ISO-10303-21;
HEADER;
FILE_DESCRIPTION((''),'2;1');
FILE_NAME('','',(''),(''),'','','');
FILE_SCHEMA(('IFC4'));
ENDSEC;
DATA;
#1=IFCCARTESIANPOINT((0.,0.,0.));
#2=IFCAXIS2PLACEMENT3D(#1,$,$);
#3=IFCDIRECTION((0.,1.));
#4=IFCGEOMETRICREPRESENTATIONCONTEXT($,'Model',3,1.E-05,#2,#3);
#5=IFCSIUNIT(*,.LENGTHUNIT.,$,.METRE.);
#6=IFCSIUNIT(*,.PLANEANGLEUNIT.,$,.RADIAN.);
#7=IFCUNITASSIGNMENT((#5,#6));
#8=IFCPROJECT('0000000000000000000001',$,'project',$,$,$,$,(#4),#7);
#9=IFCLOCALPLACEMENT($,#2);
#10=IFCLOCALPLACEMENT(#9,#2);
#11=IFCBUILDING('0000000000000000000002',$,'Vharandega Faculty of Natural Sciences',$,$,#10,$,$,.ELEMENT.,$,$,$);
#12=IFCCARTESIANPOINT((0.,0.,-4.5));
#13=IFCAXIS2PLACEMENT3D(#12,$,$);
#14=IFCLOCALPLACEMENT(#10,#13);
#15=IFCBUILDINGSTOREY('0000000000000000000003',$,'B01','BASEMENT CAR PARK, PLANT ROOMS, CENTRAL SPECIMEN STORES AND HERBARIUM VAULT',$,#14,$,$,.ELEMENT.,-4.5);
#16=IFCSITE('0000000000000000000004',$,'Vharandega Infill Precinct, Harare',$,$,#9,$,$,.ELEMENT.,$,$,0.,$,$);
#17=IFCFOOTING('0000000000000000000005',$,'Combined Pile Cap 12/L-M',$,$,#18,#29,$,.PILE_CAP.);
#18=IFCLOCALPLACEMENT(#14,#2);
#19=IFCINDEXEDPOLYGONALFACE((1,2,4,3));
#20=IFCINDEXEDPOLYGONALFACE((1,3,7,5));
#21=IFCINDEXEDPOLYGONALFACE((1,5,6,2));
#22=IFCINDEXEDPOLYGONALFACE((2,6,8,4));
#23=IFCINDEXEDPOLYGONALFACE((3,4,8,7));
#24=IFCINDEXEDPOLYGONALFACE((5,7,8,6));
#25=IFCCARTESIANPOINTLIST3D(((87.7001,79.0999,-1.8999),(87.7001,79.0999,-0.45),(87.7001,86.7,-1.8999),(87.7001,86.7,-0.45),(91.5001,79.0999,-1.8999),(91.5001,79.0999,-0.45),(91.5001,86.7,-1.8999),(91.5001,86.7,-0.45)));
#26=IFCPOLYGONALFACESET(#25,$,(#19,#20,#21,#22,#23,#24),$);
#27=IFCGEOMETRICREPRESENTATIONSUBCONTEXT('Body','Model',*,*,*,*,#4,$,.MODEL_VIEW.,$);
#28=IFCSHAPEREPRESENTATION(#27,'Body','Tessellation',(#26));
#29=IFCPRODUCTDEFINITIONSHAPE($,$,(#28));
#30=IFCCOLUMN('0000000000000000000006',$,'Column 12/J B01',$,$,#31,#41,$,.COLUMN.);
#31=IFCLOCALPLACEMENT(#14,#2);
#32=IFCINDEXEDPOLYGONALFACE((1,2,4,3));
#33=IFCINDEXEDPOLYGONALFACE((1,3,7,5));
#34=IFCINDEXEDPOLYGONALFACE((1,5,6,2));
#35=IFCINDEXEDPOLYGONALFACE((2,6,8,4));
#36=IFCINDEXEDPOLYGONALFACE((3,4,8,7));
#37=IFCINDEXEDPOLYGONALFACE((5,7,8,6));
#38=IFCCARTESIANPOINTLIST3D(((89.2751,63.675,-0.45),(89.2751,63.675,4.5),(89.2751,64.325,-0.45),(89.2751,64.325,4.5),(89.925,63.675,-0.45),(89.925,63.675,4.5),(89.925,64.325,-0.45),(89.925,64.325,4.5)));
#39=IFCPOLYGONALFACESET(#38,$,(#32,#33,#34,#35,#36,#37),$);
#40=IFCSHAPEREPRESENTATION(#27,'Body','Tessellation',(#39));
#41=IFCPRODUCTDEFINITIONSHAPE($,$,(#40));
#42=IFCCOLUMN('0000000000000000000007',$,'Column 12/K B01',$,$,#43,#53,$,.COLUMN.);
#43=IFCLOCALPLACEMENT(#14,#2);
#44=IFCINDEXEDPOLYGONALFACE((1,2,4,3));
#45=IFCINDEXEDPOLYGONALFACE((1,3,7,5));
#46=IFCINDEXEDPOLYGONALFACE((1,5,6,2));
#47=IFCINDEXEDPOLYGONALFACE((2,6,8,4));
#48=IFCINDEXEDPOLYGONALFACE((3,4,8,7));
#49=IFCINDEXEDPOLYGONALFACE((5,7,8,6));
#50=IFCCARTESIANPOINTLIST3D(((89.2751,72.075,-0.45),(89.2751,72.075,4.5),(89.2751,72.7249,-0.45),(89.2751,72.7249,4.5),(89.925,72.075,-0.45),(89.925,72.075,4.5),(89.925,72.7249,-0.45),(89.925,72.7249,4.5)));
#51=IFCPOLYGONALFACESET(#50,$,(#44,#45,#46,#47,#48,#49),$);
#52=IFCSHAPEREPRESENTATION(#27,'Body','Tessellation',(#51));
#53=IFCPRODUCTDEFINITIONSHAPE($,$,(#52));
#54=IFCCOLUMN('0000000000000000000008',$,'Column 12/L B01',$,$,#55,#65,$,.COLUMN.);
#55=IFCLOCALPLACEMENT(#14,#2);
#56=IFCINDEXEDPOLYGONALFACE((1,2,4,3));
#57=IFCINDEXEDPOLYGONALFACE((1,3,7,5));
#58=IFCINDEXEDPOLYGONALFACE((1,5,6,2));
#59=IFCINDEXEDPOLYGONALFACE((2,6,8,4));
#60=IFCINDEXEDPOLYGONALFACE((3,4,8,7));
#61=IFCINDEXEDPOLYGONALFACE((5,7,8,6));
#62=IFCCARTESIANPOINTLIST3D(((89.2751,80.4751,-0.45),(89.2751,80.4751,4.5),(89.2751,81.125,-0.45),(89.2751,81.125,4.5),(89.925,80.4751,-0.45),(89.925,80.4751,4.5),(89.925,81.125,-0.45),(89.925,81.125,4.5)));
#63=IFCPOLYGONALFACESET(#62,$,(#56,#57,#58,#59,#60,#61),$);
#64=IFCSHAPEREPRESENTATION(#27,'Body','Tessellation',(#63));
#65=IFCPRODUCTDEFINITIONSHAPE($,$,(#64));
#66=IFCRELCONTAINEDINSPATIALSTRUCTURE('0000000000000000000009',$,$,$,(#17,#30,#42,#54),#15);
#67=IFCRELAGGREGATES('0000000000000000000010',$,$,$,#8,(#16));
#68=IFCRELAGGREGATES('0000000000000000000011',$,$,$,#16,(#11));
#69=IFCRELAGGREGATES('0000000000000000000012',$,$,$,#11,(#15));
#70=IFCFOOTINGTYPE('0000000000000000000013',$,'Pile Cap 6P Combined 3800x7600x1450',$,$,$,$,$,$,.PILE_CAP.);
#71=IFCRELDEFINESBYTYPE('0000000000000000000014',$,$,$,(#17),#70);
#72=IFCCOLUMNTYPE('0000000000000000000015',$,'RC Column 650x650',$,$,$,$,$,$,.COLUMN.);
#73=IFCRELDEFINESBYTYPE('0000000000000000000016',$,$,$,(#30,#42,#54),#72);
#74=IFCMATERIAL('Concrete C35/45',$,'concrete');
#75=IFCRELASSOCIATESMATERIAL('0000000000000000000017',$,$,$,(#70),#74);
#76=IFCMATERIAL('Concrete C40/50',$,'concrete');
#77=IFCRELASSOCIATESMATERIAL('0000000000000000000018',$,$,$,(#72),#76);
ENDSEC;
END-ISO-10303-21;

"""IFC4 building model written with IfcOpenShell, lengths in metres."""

from ifc_helpers import new_model, si_unit, direction, frame, origin, origin_2d, place, context, subcontext, project, spatial, rectangle, extrude, material, material_profile, profile_set, type_object, element, save


model = new_model("IFC4")

# Units and contexts
model_context = context("Model", 3, precision=1e-05, world=origin(), true_north=direction((0.0, 1.0)))
body_context = subcontext(model_context, "Body", "Model", "MODEL_VIEW")
ifc_project = project(units=[si_unit("LENGTHUNIT", "METRE"), si_unit("PLANEANGLEUNIT", "RADIAN")], contexts=[model_context])

# Site, building, storey
site_placement = place(None, origin())
site = spatial("IfcSite", under=ifc_project, at=site_placement, Name="Vharandega Infill Precinct, Harare", CompositionType="ELEMENT", RefElevation=0.0)
building_placement = place(site_placement, origin())
building = spatial("IfcBuilding", under=site, at=building_placement, Name="Vharandega Faculty of Natural Sciences", CompositionType="ELEMENT")
storey_placement = place(building_placement, frame((0.0, 0.0, -4.5)))
storey = spatial("IfcBuildingStorey", under=building, at=storey_placement, Name="B01", Description="BASEMENT CAR PARK, PLANT ROOMS, CENTRAL SPECIMEN STORES AND HERBARIUM VAULT", CompositionType="ELEMENT", Elevation=-4.5)

# Footing
ifc_material_1 = material(Name="Concrete C35/45", Category="concrete")
footing_type_1 = type_object("IfcFootingType", Name="Pile Cap 6P Combined 3800x7600x1450", PredefinedType="PILE_CAP", material=ifc_material_1)
footing_placement = place(storey_placement, frame((89.6001, 82.8999, -1.8999), z_axis=(0.0, 0.0, 1.0), x_axis=(1.0, 0.0, 0.0)))
element("IfcFooting", 1, at=footing_placement, inside=storey, type_object=footing_type_1, Name="Combined Pile Cap 12/L-M", PredefinedType="PILE_CAP", context=body_context, shape_type="SweptSolid", body=[
    extrude(rectangle(XDim=3.8, YDim=7.6001, at=origin_2d()), origin(), (0.0, 0.0, 1.0), 1.45),
])

# Columns
ifc_material_2 = material(Name="Concrete C40/50", Category="concrete")
ifc_material_profile_1 = material_profile(ifc_material_2, rectangle(XDim=0.6499, YDim=0.6499, at=origin_2d()), Name="RC 650x650")
ifc_profile_set_1 = profile_set([ifc_material_profile_1], Name="Concrete C40/50")
column_type = type_object("IfcColumnType", Name="RC Column 650x650", PredefinedType="COLUMN", material=ifc_profile_set_1)
for number, where, z_axis, x_axis, name in (
    (2, (89.6001, 64.0, -0.45), (0.0, 0.0, 1.0), (1.0, 0.0, 0.0), "Column 12/J B01"),
    (3, (89.6001, 72.3999, -0.45), (0.0, 0.0, 1.0), (1.0, 0.0, 0.0), "Column 12/K B01"),
    (4, (89.6001, 80.8, -0.45), (0.0, 0.0, 1.0), (1.0, 0.0, 0.0), "Column 12/L B01"),
):
    element("IfcColumn", number, at=place(storey_placement, frame(where, z_axis=z_axis, x_axis=x_axis)), inside=storey, type_object=column_type, Name=name, PredefinedType="COLUMN", context=body_context, shape_type="SweptSolid", body=[
        extrude(rectangle(XDim=0.6499, YDim=0.6499, at=origin_2d()), origin(), (0.0, 0.0, 1.0), 4.95),
    ])

save(model, "model.ifc")
